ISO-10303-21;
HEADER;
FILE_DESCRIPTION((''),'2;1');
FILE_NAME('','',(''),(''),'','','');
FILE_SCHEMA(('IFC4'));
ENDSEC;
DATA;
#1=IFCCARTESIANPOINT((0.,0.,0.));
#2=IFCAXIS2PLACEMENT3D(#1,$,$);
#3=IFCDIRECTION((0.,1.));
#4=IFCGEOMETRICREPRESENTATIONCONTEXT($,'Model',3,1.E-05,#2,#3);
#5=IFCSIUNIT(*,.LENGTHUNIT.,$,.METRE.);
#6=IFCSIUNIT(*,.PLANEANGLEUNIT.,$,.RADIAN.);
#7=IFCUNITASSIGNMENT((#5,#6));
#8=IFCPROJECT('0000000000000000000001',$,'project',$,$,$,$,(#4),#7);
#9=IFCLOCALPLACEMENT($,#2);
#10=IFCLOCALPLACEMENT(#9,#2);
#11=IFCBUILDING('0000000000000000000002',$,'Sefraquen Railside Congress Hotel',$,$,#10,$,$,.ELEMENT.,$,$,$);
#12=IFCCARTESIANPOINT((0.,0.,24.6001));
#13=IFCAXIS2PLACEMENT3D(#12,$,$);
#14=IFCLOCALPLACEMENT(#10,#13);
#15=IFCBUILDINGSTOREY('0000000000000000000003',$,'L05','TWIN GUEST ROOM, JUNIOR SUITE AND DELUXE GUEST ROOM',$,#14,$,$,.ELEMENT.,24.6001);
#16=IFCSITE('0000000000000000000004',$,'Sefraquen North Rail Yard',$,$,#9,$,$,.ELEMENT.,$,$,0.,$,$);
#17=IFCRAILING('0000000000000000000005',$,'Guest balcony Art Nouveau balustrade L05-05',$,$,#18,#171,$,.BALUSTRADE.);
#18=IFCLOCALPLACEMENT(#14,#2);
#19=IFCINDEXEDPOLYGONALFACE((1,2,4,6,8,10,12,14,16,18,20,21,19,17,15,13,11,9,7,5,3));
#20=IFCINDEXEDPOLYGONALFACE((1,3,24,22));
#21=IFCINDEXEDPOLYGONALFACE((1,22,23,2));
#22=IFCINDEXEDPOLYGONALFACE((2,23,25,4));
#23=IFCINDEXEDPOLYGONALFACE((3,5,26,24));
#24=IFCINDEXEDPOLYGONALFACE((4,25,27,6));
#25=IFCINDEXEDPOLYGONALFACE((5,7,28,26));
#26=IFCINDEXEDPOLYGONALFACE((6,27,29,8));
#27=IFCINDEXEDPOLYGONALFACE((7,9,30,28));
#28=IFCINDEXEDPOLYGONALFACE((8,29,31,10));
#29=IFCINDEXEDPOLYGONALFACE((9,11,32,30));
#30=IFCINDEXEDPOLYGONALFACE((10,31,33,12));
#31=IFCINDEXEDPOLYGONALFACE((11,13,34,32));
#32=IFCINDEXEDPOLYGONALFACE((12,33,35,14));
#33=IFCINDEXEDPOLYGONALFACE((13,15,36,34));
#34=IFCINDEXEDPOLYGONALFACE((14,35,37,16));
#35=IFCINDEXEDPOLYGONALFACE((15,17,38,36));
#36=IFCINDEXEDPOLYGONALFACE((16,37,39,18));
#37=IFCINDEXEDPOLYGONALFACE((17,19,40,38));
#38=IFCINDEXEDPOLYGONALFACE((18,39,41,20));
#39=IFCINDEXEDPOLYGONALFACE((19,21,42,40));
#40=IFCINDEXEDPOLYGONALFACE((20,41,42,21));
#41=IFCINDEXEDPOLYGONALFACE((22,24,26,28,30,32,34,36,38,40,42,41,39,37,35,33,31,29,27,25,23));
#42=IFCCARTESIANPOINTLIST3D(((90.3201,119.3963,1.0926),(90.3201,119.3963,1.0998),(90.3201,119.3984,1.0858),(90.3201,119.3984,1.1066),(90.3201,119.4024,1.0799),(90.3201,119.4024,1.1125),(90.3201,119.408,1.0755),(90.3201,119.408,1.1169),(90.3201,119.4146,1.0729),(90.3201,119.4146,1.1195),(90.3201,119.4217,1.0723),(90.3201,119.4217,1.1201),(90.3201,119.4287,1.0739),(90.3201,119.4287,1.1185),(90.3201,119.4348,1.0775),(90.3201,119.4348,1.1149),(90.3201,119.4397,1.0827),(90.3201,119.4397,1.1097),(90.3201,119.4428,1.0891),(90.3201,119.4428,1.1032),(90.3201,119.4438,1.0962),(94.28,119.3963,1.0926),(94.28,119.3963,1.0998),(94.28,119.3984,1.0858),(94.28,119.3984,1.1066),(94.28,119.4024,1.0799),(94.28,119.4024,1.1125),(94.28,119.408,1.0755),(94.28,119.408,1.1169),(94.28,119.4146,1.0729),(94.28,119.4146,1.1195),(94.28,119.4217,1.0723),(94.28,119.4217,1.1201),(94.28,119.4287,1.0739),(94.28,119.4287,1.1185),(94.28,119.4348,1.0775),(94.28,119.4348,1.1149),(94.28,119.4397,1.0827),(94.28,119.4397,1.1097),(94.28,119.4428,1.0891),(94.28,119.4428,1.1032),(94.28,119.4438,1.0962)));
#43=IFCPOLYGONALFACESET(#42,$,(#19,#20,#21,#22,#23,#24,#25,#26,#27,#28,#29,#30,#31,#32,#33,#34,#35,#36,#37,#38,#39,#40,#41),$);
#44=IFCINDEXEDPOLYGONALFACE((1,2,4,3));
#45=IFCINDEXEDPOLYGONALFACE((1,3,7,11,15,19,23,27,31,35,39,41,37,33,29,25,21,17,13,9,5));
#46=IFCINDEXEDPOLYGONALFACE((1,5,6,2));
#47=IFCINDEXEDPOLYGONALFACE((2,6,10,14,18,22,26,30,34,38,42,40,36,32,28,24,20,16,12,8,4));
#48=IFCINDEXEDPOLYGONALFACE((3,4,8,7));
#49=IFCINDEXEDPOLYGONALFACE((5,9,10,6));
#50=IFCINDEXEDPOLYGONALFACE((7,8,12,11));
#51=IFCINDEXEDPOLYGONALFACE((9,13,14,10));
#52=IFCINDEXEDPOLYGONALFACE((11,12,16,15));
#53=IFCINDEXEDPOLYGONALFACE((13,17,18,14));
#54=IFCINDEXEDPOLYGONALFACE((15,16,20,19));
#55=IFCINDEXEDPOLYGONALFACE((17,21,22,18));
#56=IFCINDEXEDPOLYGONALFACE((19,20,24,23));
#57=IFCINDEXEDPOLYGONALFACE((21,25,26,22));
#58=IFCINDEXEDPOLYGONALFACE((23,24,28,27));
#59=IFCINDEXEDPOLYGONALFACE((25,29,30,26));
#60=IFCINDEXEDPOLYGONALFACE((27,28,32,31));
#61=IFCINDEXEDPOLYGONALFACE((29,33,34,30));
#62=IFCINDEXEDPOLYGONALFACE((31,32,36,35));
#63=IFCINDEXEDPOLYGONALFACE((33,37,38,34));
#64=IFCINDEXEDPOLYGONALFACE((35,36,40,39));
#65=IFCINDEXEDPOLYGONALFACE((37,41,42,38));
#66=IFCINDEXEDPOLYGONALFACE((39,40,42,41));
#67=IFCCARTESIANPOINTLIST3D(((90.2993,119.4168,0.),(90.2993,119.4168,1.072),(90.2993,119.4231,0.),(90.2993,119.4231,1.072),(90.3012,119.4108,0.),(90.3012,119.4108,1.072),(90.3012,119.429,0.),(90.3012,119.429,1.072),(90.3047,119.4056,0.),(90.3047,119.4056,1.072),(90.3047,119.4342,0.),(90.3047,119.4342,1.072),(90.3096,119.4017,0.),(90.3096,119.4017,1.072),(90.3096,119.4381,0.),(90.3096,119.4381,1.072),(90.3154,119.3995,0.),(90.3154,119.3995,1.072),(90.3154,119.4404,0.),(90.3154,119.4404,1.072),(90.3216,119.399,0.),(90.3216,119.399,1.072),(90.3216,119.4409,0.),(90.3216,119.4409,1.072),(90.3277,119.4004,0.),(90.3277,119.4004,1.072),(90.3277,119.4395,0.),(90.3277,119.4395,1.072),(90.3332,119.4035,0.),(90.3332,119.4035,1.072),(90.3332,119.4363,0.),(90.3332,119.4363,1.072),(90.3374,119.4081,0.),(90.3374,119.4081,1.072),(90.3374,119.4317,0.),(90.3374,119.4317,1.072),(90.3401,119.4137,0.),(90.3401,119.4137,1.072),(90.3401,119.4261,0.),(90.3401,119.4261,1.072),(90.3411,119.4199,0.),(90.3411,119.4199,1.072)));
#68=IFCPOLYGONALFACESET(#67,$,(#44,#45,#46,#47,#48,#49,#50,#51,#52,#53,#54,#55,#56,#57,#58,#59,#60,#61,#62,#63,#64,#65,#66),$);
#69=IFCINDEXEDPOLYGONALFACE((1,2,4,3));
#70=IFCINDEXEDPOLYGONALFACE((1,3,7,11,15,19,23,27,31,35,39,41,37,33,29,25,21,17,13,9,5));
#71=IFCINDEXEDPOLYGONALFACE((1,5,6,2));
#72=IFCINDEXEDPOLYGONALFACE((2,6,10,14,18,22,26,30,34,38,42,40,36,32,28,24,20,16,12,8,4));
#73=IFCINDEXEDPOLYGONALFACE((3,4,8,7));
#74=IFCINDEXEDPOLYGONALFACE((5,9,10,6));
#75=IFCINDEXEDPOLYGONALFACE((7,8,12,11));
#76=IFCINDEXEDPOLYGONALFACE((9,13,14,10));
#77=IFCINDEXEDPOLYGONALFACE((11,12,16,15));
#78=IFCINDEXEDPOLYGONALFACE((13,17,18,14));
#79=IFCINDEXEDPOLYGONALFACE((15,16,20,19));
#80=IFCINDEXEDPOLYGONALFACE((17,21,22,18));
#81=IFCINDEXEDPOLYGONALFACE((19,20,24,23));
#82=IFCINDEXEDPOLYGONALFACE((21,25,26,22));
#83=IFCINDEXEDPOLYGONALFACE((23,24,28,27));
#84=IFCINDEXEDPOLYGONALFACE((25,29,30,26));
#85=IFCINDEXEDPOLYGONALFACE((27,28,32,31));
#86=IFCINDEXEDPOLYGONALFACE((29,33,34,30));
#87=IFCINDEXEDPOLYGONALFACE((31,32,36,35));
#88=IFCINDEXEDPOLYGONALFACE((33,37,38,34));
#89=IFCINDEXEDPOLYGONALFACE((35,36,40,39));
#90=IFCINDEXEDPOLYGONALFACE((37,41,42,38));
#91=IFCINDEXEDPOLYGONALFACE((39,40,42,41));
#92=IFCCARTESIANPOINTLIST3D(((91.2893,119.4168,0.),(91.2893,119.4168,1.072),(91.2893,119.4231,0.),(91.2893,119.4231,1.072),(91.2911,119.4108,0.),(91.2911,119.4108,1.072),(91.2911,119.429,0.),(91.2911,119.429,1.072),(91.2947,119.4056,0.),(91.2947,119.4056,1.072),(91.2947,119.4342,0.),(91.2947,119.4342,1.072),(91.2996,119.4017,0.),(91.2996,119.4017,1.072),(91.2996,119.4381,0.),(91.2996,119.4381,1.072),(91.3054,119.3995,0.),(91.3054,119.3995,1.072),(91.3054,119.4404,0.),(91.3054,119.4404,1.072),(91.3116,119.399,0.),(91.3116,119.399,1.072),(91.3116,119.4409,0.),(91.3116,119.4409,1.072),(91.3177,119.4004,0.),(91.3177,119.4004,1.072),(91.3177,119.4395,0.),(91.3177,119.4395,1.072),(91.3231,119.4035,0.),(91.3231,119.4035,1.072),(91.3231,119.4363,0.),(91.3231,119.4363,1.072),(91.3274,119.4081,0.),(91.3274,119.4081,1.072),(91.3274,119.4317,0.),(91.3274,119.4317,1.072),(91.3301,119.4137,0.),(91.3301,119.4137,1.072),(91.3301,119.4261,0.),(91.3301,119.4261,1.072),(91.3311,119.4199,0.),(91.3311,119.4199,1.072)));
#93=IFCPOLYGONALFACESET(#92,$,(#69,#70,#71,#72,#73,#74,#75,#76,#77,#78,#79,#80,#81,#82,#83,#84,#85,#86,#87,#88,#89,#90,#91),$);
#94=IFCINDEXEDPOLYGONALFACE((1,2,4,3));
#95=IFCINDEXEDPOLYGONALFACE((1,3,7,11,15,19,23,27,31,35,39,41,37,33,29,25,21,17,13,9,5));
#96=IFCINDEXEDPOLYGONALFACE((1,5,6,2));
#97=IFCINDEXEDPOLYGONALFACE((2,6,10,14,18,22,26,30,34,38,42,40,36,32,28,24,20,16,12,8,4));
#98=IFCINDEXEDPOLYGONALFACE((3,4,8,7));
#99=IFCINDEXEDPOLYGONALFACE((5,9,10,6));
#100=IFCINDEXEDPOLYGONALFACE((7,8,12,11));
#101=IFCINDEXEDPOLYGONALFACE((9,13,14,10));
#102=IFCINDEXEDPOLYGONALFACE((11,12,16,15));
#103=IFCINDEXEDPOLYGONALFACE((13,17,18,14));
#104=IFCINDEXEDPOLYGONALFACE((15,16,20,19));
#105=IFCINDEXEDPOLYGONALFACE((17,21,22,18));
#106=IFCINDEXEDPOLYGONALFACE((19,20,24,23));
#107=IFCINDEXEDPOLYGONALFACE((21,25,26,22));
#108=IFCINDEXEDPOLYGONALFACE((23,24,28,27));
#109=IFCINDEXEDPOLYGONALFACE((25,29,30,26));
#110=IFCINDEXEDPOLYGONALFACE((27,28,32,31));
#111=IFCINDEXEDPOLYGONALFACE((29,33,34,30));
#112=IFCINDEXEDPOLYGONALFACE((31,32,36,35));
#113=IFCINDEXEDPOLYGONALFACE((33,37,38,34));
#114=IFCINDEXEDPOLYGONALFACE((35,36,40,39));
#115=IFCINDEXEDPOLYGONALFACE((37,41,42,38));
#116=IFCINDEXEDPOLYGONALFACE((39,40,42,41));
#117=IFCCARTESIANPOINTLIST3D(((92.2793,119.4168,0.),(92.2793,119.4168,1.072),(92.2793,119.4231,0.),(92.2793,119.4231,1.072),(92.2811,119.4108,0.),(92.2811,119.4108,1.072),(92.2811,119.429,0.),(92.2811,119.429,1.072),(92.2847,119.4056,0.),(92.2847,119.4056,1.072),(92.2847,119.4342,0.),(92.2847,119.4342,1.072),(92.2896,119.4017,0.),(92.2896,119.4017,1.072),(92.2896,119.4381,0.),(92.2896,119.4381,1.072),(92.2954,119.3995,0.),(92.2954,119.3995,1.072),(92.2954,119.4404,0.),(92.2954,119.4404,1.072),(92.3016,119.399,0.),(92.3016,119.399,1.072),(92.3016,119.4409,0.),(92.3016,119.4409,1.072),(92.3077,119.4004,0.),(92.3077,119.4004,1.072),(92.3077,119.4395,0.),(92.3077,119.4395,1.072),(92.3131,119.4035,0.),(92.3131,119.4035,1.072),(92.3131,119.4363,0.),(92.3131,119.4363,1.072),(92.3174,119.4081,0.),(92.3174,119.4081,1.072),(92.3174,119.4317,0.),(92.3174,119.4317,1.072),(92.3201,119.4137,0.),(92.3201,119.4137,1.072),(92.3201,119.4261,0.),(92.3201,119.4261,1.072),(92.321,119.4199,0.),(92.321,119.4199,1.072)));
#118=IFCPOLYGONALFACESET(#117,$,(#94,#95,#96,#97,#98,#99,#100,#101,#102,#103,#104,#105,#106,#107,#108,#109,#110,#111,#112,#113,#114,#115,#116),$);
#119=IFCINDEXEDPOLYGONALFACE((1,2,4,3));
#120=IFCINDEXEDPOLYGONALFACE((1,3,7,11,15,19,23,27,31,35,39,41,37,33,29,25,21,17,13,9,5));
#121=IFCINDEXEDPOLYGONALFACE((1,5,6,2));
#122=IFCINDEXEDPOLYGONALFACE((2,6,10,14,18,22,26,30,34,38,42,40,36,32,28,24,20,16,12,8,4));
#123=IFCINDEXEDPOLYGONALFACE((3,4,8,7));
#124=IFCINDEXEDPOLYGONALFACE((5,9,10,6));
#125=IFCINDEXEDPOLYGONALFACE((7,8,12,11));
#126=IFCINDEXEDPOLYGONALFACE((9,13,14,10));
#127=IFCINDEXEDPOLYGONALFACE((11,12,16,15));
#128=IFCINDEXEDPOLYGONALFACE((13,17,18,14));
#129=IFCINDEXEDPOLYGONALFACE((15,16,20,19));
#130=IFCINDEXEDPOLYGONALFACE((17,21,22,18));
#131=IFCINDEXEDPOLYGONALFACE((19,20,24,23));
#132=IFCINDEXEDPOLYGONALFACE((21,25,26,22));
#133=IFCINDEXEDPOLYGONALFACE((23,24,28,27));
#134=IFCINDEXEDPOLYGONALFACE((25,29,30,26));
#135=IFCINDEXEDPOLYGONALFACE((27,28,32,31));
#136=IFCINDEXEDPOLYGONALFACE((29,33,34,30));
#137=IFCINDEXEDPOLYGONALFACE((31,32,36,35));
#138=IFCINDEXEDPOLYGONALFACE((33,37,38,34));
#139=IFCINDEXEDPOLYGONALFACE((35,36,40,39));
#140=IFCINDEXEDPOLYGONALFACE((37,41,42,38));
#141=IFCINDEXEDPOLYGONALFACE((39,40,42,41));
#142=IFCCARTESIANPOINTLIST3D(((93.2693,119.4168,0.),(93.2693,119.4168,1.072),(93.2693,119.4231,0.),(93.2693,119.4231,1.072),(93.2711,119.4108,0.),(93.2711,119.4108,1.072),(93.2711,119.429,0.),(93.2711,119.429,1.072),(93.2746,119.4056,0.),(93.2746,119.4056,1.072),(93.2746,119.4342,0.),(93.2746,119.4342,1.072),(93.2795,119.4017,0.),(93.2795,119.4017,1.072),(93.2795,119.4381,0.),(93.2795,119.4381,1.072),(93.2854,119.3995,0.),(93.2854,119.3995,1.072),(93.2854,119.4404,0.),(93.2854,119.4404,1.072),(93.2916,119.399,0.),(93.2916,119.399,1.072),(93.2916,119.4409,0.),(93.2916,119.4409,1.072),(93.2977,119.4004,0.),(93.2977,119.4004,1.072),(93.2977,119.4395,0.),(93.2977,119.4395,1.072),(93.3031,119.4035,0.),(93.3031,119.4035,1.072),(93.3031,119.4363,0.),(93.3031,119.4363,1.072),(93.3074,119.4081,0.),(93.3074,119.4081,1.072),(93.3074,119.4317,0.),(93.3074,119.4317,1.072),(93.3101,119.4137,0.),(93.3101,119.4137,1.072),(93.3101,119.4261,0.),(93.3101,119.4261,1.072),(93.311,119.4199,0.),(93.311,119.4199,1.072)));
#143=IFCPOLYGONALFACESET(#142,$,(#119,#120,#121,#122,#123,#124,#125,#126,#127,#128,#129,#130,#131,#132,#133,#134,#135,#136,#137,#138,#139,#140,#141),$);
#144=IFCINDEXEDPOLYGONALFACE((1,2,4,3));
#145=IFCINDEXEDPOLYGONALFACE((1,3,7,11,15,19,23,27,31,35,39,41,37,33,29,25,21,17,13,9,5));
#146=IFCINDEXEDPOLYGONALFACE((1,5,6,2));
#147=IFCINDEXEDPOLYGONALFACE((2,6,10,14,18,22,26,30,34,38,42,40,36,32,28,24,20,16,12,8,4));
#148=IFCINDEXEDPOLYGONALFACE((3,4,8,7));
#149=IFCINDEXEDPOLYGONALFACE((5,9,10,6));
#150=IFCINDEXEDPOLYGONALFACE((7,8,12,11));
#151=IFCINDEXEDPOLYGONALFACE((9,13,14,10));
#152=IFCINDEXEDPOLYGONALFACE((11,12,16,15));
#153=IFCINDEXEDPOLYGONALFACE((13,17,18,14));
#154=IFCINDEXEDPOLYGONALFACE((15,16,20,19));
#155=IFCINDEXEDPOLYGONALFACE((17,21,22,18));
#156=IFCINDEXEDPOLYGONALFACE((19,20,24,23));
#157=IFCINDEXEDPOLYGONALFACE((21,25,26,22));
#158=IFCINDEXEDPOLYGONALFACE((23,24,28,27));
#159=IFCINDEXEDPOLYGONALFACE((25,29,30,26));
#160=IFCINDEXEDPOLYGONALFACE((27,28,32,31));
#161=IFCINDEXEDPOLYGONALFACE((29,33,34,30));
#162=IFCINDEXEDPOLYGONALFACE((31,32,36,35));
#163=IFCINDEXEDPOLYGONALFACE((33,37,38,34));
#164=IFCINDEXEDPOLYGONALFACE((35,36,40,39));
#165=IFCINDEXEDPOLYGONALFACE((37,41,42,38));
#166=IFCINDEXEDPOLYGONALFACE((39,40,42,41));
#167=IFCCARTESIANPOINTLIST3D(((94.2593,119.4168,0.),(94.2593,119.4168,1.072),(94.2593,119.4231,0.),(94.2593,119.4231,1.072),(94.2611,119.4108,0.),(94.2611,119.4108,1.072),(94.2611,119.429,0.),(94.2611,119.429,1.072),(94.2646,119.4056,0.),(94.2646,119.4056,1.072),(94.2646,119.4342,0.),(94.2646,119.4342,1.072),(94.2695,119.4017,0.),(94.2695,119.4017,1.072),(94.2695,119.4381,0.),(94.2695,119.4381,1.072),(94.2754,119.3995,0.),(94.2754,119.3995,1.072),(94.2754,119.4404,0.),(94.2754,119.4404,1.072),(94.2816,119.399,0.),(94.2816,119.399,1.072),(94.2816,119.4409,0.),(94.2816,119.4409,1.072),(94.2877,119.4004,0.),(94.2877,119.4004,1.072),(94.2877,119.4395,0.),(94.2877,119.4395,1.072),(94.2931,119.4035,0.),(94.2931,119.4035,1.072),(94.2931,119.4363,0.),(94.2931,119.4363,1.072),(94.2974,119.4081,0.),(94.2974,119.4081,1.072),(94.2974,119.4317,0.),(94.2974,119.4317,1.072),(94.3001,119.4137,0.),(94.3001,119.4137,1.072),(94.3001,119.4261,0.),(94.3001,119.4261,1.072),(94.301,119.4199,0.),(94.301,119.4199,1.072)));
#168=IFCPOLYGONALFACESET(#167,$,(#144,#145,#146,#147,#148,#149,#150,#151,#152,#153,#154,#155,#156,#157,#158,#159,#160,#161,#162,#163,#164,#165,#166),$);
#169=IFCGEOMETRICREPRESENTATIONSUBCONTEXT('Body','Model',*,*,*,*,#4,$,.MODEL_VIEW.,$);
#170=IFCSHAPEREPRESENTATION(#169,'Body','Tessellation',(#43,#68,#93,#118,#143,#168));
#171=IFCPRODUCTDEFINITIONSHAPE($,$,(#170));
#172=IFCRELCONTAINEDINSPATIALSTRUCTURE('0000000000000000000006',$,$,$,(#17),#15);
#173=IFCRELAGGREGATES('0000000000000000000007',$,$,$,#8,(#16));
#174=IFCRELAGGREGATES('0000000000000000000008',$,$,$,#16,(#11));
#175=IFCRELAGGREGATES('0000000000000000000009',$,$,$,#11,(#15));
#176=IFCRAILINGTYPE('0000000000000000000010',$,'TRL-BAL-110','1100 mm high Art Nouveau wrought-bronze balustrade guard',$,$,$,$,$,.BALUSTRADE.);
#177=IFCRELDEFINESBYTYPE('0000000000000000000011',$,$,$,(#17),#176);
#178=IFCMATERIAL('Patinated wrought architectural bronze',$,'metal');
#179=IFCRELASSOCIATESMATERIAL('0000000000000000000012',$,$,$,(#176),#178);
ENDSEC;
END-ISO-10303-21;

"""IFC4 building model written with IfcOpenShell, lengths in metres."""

from ifc_helpers import new_model, si_unit, direction, frame, origin, origin_2d, place, context, subcontext, project, spatial, circle, extrude, material, type_object, element, save


model = new_model("IFC4")

# Units and contexts
model_context = context("Model", 3, precision=1e-05, world=origin(), true_north=direction((0.0, 1.0)))
body_context = subcontext(model_context, "Body", "Model", "MODEL_VIEW")
ifc_project = project(units=[si_unit("LENGTHUNIT", "METRE"), si_unit("PLANEANGLEUNIT", "RADIAN")], contexts=[model_context])

# Site, building, storey
site_placement = place(None, origin())
site = spatial("IfcSite", under=ifc_project, at=site_placement, Name="Sefraquen North Rail Yard", CompositionType="ELEMENT", RefElevation=0.0)
building_placement = place(site_placement, origin())
building = spatial("IfcBuilding", under=site, at=building_placement, Name="Sefraquen Railside Congress Hotel", CompositionType="ELEMENT")
storey_placement = place(building_placement, frame((0.0, 0.0, 24.6001)))
storey = spatial("IfcBuildingStorey", under=building, at=storey_placement, Name="L05", Description="TWIN GUEST ROOM, JUNIOR SUITE AND DELUXE GUEST ROOM", CompositionType="ELEMENT", Elevation=24.6001)

# Railing
ifc_material_1 = material(Name="Patinated wrought architectural bronze", Category="metal")
railing_type = type_object("IfcRailingType", Name="TRL-BAL-110", Description="1100 mm high Art Nouveau wrought-bronze balustrade guard", PredefinedType="BALUSTRADE", material=ifc_material_1)
railing_1_placement = place(storey_placement, frame((90.3201, 119.4199, 0.0)))
element("IfcRailing", 1, at=railing_1_placement, inside=storey, type_object=railing_type, Name="Guest balcony Art Nouveau balustrade L05-05", PredefinedType="BALUSTRADE", context=body_context, shape_type="SweptSolid", body=[
    extrude(circle(Radius=0.0239, at=origin_2d()), frame((0.0, 0.0, 1.0962), z_axis=(1.0, 0.0, 0.0), x_axis=(0.0, 1.0, 0.0)), (0.0, 0.0, 1.0), 3.96),
    extrude(circle(Radius=0.021, at=origin_2d()), origin(), (0.0, 0.0, 1.0), 1.072),
    extrude(circle(Radius=0.021, at=origin_2d()), frame((0.99, 0.0, 0.0)), (0.0, 0.0, 1.0), 1.072),
    extrude(circle(Radius=0.021, at=origin_2d()), frame((1.98, 0.0, 0.0)), (0.0, 0.0, 1.0), 1.072),
    extrude(circle(Radius=0.021, at=origin_2d()), frame((2.97, 0.0, 0.0)), (0.0, 0.0, 1.0), 1.072),
    extrude(circle(Radius=0.021, at=origin_2d()), frame((3.96, 0.0, 0.0)), (0.0, 0.0, 1.0), 1.072),
])

save(model, "model.ifc")
